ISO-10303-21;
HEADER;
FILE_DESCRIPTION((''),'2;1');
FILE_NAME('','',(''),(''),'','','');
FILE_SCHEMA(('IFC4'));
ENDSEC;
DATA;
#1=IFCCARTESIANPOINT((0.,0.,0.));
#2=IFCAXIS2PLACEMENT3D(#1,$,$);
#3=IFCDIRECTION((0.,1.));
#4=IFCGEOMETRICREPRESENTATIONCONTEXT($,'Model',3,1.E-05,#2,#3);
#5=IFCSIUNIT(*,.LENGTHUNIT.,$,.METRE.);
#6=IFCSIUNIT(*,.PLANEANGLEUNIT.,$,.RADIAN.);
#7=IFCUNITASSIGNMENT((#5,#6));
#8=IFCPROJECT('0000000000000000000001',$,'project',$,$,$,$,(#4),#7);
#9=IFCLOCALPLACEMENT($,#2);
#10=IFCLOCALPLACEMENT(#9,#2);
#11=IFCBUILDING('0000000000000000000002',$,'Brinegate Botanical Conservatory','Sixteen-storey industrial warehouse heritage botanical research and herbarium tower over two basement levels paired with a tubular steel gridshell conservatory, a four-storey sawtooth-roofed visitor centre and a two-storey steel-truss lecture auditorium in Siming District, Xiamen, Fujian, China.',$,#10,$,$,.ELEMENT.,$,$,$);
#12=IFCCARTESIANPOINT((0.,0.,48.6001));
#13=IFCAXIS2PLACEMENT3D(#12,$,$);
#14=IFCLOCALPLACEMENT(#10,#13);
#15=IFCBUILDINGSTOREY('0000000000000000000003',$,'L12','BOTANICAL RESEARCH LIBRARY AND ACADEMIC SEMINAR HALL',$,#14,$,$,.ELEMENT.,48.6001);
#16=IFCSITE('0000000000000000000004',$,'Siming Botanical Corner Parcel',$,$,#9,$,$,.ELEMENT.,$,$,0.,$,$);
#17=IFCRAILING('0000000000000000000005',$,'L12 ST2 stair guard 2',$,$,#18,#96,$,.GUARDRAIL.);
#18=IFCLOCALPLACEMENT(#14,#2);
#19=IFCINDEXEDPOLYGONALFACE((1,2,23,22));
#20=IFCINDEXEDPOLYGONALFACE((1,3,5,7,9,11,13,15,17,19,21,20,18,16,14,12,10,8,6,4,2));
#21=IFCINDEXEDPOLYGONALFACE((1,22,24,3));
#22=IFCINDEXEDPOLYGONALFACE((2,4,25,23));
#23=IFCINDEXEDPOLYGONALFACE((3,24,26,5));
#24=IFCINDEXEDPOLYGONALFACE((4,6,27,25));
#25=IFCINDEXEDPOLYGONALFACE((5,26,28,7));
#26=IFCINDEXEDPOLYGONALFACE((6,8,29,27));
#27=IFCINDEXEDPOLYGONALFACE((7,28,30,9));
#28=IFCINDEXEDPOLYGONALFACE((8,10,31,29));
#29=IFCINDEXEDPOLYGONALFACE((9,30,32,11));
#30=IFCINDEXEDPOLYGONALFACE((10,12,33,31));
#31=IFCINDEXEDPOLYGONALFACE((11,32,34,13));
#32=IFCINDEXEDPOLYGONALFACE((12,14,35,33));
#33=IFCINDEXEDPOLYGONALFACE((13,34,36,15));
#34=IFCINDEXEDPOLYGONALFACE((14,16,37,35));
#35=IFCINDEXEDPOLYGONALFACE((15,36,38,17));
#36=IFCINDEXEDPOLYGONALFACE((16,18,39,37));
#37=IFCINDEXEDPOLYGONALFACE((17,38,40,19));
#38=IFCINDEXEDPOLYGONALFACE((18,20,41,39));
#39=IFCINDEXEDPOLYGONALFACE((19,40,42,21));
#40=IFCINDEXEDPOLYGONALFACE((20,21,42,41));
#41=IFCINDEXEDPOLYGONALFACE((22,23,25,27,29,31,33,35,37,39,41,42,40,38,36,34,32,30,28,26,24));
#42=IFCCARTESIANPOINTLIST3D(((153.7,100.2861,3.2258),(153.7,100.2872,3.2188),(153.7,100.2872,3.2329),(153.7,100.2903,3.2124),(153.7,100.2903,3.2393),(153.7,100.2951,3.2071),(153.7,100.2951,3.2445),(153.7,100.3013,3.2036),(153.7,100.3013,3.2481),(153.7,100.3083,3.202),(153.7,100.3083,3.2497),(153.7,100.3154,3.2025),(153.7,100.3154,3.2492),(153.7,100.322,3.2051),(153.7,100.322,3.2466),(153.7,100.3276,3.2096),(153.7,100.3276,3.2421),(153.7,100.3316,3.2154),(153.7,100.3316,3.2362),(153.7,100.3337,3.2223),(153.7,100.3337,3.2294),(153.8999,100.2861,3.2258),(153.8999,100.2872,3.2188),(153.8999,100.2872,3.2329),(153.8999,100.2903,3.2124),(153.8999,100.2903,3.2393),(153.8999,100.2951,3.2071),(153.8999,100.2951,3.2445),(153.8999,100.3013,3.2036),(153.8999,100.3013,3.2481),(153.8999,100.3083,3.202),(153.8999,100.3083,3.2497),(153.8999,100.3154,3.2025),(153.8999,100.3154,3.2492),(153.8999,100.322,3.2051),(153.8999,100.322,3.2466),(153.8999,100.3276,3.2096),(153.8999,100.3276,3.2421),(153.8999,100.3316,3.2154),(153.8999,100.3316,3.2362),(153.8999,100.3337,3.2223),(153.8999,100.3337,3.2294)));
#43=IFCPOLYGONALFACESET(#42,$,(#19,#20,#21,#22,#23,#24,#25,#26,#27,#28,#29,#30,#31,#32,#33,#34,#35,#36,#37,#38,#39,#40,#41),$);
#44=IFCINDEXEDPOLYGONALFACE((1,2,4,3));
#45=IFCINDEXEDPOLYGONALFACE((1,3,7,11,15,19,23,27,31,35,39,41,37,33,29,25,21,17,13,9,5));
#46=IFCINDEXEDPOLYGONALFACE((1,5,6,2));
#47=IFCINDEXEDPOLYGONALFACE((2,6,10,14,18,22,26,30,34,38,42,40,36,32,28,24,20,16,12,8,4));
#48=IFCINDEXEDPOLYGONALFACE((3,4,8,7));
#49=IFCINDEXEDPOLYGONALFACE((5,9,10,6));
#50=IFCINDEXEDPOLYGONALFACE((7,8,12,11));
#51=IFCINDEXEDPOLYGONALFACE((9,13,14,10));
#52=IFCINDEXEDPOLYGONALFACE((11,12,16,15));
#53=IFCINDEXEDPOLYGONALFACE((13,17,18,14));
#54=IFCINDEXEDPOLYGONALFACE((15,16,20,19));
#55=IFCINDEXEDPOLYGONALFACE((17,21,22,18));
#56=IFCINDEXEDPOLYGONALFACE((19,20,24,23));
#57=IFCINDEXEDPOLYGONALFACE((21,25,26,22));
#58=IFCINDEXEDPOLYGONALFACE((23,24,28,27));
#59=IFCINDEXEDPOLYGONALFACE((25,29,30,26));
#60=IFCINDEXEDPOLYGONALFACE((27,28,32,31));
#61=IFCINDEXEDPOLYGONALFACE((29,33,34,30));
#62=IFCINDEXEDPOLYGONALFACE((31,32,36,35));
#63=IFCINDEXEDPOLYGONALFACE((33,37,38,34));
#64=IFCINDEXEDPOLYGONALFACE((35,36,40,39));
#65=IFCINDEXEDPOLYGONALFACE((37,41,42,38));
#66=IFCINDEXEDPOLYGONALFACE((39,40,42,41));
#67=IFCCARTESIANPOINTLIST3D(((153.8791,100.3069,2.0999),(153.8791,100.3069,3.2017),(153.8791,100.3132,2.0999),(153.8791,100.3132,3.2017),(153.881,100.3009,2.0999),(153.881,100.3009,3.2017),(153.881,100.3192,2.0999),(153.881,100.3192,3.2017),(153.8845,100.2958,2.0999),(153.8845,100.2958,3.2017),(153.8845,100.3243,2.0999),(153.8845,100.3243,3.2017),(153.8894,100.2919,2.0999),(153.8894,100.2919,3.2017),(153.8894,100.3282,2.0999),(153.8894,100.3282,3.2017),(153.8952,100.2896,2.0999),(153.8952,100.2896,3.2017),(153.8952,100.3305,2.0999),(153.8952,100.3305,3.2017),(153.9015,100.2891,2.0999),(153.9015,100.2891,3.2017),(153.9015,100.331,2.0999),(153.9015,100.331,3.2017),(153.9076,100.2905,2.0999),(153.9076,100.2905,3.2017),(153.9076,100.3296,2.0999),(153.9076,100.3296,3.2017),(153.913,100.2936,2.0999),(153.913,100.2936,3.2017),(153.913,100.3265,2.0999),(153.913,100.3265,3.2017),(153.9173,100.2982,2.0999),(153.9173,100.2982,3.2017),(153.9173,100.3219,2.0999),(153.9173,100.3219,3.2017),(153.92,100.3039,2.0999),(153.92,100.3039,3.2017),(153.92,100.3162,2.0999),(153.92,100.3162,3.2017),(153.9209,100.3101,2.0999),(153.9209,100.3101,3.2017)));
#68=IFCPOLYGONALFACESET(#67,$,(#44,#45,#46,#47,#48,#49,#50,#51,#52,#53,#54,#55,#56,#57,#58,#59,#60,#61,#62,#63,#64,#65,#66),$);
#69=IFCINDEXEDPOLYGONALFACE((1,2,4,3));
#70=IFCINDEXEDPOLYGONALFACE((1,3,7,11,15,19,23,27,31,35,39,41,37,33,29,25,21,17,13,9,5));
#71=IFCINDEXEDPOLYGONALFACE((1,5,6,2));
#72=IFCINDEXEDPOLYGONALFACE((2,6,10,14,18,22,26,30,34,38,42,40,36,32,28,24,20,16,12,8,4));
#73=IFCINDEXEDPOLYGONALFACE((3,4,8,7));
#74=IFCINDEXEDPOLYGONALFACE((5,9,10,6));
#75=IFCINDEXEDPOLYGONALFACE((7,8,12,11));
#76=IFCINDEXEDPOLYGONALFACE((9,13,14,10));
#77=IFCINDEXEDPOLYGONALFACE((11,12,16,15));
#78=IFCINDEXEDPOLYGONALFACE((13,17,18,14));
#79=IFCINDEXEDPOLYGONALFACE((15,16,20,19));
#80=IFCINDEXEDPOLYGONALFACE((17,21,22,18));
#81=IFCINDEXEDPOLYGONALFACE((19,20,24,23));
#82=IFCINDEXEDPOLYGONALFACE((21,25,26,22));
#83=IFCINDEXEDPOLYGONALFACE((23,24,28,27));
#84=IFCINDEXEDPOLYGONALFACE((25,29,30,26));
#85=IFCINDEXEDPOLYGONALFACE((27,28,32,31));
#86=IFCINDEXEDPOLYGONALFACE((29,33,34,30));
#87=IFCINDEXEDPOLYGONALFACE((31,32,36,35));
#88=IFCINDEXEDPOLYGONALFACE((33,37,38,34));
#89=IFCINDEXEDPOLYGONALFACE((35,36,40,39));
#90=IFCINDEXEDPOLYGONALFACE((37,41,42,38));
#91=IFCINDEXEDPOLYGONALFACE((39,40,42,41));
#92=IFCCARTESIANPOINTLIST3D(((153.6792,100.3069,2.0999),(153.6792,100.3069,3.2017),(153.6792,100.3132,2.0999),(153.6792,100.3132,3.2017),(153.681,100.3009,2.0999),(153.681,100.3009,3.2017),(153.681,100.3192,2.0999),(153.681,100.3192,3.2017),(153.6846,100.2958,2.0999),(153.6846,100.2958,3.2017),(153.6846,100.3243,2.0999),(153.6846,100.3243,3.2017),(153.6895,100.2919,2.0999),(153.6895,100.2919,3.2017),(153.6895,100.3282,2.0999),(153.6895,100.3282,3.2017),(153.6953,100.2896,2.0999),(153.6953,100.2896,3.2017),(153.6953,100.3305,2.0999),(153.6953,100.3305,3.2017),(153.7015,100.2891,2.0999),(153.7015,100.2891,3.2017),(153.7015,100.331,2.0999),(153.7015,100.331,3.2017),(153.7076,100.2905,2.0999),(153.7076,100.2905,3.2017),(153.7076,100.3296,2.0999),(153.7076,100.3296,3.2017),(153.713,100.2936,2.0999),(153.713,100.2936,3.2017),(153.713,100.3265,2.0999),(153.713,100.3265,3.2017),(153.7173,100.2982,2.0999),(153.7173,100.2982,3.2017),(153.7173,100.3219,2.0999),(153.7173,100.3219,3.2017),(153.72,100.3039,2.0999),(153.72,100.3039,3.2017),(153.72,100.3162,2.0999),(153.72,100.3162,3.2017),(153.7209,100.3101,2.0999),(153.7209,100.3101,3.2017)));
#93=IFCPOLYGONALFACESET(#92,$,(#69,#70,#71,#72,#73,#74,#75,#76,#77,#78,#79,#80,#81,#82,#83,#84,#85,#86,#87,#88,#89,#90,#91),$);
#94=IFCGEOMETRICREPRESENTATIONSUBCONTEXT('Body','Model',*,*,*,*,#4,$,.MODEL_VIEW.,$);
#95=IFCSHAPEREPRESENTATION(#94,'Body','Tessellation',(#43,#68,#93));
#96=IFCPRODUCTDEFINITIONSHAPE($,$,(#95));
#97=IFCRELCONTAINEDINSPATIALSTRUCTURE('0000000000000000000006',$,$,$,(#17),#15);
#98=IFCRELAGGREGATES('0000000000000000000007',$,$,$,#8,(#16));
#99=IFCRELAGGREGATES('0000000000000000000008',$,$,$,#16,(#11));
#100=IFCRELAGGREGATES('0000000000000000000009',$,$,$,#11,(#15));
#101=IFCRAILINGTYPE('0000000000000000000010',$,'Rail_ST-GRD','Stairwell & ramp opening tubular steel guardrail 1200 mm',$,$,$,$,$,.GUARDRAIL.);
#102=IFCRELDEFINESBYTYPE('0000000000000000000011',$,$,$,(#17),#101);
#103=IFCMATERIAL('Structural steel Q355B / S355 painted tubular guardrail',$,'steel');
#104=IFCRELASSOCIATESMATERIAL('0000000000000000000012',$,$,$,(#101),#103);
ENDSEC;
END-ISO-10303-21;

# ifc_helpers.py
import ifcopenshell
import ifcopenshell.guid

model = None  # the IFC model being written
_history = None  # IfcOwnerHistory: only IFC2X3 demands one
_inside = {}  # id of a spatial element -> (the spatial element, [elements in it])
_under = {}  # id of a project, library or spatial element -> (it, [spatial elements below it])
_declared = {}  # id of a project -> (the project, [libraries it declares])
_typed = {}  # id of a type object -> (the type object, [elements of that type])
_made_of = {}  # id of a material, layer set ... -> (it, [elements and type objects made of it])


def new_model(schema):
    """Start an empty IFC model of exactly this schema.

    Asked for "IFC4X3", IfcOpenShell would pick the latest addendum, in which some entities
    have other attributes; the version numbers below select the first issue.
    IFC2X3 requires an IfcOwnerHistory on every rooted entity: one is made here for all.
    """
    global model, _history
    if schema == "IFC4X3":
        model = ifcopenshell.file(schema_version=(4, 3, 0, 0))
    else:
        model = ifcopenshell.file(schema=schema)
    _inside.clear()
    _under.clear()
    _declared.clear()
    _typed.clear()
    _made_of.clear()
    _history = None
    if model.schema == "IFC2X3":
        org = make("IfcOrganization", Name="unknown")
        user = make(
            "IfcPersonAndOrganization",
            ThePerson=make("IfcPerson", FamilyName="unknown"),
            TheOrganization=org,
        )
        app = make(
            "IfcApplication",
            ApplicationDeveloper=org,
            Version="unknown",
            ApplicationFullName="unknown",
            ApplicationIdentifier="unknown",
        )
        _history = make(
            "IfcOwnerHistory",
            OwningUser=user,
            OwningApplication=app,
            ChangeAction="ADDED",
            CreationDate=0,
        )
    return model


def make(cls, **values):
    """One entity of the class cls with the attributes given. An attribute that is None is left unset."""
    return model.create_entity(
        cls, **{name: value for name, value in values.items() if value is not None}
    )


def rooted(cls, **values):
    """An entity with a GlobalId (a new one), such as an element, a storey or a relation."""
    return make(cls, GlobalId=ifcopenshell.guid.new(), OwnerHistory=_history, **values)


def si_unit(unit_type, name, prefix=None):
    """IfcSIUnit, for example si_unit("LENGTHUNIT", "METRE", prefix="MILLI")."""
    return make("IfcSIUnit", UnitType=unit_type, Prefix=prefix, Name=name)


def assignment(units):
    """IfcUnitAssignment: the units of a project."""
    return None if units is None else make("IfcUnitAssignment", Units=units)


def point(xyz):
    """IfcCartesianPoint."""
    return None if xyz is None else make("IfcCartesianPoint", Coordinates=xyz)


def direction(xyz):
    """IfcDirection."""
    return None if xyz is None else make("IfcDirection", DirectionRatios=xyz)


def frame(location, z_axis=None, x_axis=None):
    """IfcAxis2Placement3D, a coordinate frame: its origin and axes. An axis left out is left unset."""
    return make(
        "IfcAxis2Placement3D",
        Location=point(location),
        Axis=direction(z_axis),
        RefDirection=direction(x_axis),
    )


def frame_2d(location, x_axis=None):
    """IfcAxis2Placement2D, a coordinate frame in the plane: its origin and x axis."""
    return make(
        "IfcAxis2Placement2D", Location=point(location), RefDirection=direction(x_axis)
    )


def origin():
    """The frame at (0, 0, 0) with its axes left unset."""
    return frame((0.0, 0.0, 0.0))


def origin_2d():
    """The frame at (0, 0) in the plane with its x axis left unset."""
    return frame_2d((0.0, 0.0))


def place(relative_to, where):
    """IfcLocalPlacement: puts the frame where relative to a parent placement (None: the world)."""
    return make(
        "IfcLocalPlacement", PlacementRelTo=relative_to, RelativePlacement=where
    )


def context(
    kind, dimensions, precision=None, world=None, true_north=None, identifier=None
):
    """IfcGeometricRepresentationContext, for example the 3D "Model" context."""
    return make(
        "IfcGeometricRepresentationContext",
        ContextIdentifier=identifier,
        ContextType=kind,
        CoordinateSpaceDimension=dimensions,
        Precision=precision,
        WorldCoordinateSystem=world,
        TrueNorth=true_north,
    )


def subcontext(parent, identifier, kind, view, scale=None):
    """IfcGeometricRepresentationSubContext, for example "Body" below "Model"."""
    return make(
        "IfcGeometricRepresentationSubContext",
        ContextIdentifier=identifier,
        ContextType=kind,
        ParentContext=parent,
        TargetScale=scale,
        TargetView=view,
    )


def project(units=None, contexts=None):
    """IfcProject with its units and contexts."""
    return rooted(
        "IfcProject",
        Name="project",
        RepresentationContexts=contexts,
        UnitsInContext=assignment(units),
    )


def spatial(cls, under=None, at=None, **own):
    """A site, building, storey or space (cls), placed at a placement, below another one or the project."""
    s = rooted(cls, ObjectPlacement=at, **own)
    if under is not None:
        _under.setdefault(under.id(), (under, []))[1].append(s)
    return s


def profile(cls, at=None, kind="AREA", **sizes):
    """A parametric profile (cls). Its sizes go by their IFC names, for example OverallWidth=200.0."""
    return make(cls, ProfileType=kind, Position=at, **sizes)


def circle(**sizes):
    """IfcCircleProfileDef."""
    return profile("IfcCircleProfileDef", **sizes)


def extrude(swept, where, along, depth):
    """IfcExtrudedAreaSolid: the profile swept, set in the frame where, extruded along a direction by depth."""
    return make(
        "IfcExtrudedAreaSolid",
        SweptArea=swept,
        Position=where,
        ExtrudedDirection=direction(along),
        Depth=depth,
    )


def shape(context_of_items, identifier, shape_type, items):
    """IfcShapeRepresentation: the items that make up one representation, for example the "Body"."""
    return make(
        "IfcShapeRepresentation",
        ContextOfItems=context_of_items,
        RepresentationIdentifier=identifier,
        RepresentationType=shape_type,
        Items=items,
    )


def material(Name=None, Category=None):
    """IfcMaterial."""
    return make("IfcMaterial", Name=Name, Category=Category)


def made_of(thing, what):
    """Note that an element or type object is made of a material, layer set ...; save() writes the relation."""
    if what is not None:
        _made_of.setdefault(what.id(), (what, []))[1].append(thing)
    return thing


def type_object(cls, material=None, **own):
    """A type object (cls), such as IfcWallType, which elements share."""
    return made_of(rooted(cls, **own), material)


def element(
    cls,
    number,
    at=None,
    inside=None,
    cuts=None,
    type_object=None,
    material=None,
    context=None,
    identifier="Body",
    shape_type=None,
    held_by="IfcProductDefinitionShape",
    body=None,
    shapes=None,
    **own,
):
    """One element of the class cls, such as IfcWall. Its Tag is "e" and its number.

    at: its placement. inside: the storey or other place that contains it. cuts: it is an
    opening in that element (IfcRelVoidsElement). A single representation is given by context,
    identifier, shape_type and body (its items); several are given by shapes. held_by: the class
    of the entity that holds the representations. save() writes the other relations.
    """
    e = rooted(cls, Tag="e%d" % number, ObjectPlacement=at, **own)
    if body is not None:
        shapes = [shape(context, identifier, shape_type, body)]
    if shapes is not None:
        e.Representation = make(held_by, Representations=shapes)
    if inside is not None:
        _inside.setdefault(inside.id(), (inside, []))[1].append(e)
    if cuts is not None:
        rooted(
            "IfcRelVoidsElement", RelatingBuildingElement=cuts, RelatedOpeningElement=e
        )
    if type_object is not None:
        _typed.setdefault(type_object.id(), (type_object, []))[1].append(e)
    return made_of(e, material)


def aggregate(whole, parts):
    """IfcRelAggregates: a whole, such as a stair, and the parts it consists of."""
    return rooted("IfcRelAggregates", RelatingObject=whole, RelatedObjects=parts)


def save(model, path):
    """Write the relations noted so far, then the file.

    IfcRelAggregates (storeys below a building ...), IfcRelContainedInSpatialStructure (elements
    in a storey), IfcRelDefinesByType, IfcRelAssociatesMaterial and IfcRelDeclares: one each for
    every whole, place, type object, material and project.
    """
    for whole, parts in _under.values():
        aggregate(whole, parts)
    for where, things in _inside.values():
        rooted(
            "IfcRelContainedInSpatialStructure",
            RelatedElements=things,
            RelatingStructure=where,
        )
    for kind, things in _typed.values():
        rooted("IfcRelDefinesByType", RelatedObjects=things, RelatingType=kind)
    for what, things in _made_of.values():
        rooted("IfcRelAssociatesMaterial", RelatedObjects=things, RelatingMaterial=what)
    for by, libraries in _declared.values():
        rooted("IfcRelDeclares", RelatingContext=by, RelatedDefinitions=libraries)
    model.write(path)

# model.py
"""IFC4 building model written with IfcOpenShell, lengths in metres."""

from ifc_helpers import new_model, si_unit, direction, frame, origin, origin_2d, place, context, subcontext, project, spatial, circle, extrude, material, type_object, element, save


model = new_model("IFC4")

# Units and contexts
model_context = context("Model", 3, precision=1e-05, world=origin(), true_north=direction((0.0, 1.0)))
body_context = subcontext(model_context, "Body", "Model", "MODEL_VIEW")
ifc_project = project(units=[si_unit("LENGTHUNIT", "METRE"), si_unit("PLANEANGLEUNIT", "RADIAN")], contexts=[model_context])

# Site, building, storey
site_placement = place(None, origin())
site = spatial("IfcSite", under=ifc_project, at=site_placement, Name="Siming Botanical Corner Parcel", CompositionType="ELEMENT", RefElevation=0.0)
building_placement = place(site_placement, origin())
building = spatial("IfcBuilding", under=site, at=building_placement, Name="Brinegate Botanical Conservatory", Description="Sixteen-storey industrial warehouse heritage botanical research and herbarium tower over two basement levels paired with a tubular steel gridshell conservatory, a four-storey sawtooth-roofed visitor centre and a two-storey steel-truss lecture auditorium in Siming District, Xiamen, Fujian, China.", CompositionType="ELEMENT")
storey_placement = place(building_placement, frame((0.0, 0.0, 48.6001)))
storey = spatial("IfcBuildingStorey", under=building, at=storey_placement, Name="L12", Description="BOTANICAL RESEARCH LIBRARY AND ACADEMIC SEMINAR HALL", CompositionType="ELEMENT", Elevation=48.6001)

# Railing
ifc_material_1 = material(Name="Structural steel Q355B / S355 painted tubular guardrail", Category="steel")
railing_type_1 = type_object("IfcRailingType", Name="Rail_ST-GRD", Description="Stairwell & ramp opening tubular steel guardrail 1200 mm", PredefinedType="GUARDRAIL", material=ifc_material_1)
railing_1_placement = place(storey_placement, frame((153.8999, 100.3101, 2.0999)))
element("IfcRailing", 1, at=railing_1_placement, inside=storey, type_object=railing_type_1, Name="L12 ST2 stair guard 2", PredefinedType="GUARDRAIL", context=body_context, shape_type="SweptSolid", body=[
    extrude(circle(Radius=0.0239, at=origin_2d()), frame((0.0, 0.0, 1.126), z_axis=(-1.0, 0.0, 0.0), x_axis=(0.0, -1.0, 0.0)), (0.0, 0.0, 1.0), 0.2),
    extrude(circle(Radius=0.021, at=origin_2d()), origin(), (0.0, 0.0, 1.0), 1.1018),
    extrude(circle(Radius=0.021, at=origin_2d()), frame((-0.2, 0.0, 0.0)), (0.0, 0.0, 1.0), 1.1018),
])

save(model, "model.ifc")
